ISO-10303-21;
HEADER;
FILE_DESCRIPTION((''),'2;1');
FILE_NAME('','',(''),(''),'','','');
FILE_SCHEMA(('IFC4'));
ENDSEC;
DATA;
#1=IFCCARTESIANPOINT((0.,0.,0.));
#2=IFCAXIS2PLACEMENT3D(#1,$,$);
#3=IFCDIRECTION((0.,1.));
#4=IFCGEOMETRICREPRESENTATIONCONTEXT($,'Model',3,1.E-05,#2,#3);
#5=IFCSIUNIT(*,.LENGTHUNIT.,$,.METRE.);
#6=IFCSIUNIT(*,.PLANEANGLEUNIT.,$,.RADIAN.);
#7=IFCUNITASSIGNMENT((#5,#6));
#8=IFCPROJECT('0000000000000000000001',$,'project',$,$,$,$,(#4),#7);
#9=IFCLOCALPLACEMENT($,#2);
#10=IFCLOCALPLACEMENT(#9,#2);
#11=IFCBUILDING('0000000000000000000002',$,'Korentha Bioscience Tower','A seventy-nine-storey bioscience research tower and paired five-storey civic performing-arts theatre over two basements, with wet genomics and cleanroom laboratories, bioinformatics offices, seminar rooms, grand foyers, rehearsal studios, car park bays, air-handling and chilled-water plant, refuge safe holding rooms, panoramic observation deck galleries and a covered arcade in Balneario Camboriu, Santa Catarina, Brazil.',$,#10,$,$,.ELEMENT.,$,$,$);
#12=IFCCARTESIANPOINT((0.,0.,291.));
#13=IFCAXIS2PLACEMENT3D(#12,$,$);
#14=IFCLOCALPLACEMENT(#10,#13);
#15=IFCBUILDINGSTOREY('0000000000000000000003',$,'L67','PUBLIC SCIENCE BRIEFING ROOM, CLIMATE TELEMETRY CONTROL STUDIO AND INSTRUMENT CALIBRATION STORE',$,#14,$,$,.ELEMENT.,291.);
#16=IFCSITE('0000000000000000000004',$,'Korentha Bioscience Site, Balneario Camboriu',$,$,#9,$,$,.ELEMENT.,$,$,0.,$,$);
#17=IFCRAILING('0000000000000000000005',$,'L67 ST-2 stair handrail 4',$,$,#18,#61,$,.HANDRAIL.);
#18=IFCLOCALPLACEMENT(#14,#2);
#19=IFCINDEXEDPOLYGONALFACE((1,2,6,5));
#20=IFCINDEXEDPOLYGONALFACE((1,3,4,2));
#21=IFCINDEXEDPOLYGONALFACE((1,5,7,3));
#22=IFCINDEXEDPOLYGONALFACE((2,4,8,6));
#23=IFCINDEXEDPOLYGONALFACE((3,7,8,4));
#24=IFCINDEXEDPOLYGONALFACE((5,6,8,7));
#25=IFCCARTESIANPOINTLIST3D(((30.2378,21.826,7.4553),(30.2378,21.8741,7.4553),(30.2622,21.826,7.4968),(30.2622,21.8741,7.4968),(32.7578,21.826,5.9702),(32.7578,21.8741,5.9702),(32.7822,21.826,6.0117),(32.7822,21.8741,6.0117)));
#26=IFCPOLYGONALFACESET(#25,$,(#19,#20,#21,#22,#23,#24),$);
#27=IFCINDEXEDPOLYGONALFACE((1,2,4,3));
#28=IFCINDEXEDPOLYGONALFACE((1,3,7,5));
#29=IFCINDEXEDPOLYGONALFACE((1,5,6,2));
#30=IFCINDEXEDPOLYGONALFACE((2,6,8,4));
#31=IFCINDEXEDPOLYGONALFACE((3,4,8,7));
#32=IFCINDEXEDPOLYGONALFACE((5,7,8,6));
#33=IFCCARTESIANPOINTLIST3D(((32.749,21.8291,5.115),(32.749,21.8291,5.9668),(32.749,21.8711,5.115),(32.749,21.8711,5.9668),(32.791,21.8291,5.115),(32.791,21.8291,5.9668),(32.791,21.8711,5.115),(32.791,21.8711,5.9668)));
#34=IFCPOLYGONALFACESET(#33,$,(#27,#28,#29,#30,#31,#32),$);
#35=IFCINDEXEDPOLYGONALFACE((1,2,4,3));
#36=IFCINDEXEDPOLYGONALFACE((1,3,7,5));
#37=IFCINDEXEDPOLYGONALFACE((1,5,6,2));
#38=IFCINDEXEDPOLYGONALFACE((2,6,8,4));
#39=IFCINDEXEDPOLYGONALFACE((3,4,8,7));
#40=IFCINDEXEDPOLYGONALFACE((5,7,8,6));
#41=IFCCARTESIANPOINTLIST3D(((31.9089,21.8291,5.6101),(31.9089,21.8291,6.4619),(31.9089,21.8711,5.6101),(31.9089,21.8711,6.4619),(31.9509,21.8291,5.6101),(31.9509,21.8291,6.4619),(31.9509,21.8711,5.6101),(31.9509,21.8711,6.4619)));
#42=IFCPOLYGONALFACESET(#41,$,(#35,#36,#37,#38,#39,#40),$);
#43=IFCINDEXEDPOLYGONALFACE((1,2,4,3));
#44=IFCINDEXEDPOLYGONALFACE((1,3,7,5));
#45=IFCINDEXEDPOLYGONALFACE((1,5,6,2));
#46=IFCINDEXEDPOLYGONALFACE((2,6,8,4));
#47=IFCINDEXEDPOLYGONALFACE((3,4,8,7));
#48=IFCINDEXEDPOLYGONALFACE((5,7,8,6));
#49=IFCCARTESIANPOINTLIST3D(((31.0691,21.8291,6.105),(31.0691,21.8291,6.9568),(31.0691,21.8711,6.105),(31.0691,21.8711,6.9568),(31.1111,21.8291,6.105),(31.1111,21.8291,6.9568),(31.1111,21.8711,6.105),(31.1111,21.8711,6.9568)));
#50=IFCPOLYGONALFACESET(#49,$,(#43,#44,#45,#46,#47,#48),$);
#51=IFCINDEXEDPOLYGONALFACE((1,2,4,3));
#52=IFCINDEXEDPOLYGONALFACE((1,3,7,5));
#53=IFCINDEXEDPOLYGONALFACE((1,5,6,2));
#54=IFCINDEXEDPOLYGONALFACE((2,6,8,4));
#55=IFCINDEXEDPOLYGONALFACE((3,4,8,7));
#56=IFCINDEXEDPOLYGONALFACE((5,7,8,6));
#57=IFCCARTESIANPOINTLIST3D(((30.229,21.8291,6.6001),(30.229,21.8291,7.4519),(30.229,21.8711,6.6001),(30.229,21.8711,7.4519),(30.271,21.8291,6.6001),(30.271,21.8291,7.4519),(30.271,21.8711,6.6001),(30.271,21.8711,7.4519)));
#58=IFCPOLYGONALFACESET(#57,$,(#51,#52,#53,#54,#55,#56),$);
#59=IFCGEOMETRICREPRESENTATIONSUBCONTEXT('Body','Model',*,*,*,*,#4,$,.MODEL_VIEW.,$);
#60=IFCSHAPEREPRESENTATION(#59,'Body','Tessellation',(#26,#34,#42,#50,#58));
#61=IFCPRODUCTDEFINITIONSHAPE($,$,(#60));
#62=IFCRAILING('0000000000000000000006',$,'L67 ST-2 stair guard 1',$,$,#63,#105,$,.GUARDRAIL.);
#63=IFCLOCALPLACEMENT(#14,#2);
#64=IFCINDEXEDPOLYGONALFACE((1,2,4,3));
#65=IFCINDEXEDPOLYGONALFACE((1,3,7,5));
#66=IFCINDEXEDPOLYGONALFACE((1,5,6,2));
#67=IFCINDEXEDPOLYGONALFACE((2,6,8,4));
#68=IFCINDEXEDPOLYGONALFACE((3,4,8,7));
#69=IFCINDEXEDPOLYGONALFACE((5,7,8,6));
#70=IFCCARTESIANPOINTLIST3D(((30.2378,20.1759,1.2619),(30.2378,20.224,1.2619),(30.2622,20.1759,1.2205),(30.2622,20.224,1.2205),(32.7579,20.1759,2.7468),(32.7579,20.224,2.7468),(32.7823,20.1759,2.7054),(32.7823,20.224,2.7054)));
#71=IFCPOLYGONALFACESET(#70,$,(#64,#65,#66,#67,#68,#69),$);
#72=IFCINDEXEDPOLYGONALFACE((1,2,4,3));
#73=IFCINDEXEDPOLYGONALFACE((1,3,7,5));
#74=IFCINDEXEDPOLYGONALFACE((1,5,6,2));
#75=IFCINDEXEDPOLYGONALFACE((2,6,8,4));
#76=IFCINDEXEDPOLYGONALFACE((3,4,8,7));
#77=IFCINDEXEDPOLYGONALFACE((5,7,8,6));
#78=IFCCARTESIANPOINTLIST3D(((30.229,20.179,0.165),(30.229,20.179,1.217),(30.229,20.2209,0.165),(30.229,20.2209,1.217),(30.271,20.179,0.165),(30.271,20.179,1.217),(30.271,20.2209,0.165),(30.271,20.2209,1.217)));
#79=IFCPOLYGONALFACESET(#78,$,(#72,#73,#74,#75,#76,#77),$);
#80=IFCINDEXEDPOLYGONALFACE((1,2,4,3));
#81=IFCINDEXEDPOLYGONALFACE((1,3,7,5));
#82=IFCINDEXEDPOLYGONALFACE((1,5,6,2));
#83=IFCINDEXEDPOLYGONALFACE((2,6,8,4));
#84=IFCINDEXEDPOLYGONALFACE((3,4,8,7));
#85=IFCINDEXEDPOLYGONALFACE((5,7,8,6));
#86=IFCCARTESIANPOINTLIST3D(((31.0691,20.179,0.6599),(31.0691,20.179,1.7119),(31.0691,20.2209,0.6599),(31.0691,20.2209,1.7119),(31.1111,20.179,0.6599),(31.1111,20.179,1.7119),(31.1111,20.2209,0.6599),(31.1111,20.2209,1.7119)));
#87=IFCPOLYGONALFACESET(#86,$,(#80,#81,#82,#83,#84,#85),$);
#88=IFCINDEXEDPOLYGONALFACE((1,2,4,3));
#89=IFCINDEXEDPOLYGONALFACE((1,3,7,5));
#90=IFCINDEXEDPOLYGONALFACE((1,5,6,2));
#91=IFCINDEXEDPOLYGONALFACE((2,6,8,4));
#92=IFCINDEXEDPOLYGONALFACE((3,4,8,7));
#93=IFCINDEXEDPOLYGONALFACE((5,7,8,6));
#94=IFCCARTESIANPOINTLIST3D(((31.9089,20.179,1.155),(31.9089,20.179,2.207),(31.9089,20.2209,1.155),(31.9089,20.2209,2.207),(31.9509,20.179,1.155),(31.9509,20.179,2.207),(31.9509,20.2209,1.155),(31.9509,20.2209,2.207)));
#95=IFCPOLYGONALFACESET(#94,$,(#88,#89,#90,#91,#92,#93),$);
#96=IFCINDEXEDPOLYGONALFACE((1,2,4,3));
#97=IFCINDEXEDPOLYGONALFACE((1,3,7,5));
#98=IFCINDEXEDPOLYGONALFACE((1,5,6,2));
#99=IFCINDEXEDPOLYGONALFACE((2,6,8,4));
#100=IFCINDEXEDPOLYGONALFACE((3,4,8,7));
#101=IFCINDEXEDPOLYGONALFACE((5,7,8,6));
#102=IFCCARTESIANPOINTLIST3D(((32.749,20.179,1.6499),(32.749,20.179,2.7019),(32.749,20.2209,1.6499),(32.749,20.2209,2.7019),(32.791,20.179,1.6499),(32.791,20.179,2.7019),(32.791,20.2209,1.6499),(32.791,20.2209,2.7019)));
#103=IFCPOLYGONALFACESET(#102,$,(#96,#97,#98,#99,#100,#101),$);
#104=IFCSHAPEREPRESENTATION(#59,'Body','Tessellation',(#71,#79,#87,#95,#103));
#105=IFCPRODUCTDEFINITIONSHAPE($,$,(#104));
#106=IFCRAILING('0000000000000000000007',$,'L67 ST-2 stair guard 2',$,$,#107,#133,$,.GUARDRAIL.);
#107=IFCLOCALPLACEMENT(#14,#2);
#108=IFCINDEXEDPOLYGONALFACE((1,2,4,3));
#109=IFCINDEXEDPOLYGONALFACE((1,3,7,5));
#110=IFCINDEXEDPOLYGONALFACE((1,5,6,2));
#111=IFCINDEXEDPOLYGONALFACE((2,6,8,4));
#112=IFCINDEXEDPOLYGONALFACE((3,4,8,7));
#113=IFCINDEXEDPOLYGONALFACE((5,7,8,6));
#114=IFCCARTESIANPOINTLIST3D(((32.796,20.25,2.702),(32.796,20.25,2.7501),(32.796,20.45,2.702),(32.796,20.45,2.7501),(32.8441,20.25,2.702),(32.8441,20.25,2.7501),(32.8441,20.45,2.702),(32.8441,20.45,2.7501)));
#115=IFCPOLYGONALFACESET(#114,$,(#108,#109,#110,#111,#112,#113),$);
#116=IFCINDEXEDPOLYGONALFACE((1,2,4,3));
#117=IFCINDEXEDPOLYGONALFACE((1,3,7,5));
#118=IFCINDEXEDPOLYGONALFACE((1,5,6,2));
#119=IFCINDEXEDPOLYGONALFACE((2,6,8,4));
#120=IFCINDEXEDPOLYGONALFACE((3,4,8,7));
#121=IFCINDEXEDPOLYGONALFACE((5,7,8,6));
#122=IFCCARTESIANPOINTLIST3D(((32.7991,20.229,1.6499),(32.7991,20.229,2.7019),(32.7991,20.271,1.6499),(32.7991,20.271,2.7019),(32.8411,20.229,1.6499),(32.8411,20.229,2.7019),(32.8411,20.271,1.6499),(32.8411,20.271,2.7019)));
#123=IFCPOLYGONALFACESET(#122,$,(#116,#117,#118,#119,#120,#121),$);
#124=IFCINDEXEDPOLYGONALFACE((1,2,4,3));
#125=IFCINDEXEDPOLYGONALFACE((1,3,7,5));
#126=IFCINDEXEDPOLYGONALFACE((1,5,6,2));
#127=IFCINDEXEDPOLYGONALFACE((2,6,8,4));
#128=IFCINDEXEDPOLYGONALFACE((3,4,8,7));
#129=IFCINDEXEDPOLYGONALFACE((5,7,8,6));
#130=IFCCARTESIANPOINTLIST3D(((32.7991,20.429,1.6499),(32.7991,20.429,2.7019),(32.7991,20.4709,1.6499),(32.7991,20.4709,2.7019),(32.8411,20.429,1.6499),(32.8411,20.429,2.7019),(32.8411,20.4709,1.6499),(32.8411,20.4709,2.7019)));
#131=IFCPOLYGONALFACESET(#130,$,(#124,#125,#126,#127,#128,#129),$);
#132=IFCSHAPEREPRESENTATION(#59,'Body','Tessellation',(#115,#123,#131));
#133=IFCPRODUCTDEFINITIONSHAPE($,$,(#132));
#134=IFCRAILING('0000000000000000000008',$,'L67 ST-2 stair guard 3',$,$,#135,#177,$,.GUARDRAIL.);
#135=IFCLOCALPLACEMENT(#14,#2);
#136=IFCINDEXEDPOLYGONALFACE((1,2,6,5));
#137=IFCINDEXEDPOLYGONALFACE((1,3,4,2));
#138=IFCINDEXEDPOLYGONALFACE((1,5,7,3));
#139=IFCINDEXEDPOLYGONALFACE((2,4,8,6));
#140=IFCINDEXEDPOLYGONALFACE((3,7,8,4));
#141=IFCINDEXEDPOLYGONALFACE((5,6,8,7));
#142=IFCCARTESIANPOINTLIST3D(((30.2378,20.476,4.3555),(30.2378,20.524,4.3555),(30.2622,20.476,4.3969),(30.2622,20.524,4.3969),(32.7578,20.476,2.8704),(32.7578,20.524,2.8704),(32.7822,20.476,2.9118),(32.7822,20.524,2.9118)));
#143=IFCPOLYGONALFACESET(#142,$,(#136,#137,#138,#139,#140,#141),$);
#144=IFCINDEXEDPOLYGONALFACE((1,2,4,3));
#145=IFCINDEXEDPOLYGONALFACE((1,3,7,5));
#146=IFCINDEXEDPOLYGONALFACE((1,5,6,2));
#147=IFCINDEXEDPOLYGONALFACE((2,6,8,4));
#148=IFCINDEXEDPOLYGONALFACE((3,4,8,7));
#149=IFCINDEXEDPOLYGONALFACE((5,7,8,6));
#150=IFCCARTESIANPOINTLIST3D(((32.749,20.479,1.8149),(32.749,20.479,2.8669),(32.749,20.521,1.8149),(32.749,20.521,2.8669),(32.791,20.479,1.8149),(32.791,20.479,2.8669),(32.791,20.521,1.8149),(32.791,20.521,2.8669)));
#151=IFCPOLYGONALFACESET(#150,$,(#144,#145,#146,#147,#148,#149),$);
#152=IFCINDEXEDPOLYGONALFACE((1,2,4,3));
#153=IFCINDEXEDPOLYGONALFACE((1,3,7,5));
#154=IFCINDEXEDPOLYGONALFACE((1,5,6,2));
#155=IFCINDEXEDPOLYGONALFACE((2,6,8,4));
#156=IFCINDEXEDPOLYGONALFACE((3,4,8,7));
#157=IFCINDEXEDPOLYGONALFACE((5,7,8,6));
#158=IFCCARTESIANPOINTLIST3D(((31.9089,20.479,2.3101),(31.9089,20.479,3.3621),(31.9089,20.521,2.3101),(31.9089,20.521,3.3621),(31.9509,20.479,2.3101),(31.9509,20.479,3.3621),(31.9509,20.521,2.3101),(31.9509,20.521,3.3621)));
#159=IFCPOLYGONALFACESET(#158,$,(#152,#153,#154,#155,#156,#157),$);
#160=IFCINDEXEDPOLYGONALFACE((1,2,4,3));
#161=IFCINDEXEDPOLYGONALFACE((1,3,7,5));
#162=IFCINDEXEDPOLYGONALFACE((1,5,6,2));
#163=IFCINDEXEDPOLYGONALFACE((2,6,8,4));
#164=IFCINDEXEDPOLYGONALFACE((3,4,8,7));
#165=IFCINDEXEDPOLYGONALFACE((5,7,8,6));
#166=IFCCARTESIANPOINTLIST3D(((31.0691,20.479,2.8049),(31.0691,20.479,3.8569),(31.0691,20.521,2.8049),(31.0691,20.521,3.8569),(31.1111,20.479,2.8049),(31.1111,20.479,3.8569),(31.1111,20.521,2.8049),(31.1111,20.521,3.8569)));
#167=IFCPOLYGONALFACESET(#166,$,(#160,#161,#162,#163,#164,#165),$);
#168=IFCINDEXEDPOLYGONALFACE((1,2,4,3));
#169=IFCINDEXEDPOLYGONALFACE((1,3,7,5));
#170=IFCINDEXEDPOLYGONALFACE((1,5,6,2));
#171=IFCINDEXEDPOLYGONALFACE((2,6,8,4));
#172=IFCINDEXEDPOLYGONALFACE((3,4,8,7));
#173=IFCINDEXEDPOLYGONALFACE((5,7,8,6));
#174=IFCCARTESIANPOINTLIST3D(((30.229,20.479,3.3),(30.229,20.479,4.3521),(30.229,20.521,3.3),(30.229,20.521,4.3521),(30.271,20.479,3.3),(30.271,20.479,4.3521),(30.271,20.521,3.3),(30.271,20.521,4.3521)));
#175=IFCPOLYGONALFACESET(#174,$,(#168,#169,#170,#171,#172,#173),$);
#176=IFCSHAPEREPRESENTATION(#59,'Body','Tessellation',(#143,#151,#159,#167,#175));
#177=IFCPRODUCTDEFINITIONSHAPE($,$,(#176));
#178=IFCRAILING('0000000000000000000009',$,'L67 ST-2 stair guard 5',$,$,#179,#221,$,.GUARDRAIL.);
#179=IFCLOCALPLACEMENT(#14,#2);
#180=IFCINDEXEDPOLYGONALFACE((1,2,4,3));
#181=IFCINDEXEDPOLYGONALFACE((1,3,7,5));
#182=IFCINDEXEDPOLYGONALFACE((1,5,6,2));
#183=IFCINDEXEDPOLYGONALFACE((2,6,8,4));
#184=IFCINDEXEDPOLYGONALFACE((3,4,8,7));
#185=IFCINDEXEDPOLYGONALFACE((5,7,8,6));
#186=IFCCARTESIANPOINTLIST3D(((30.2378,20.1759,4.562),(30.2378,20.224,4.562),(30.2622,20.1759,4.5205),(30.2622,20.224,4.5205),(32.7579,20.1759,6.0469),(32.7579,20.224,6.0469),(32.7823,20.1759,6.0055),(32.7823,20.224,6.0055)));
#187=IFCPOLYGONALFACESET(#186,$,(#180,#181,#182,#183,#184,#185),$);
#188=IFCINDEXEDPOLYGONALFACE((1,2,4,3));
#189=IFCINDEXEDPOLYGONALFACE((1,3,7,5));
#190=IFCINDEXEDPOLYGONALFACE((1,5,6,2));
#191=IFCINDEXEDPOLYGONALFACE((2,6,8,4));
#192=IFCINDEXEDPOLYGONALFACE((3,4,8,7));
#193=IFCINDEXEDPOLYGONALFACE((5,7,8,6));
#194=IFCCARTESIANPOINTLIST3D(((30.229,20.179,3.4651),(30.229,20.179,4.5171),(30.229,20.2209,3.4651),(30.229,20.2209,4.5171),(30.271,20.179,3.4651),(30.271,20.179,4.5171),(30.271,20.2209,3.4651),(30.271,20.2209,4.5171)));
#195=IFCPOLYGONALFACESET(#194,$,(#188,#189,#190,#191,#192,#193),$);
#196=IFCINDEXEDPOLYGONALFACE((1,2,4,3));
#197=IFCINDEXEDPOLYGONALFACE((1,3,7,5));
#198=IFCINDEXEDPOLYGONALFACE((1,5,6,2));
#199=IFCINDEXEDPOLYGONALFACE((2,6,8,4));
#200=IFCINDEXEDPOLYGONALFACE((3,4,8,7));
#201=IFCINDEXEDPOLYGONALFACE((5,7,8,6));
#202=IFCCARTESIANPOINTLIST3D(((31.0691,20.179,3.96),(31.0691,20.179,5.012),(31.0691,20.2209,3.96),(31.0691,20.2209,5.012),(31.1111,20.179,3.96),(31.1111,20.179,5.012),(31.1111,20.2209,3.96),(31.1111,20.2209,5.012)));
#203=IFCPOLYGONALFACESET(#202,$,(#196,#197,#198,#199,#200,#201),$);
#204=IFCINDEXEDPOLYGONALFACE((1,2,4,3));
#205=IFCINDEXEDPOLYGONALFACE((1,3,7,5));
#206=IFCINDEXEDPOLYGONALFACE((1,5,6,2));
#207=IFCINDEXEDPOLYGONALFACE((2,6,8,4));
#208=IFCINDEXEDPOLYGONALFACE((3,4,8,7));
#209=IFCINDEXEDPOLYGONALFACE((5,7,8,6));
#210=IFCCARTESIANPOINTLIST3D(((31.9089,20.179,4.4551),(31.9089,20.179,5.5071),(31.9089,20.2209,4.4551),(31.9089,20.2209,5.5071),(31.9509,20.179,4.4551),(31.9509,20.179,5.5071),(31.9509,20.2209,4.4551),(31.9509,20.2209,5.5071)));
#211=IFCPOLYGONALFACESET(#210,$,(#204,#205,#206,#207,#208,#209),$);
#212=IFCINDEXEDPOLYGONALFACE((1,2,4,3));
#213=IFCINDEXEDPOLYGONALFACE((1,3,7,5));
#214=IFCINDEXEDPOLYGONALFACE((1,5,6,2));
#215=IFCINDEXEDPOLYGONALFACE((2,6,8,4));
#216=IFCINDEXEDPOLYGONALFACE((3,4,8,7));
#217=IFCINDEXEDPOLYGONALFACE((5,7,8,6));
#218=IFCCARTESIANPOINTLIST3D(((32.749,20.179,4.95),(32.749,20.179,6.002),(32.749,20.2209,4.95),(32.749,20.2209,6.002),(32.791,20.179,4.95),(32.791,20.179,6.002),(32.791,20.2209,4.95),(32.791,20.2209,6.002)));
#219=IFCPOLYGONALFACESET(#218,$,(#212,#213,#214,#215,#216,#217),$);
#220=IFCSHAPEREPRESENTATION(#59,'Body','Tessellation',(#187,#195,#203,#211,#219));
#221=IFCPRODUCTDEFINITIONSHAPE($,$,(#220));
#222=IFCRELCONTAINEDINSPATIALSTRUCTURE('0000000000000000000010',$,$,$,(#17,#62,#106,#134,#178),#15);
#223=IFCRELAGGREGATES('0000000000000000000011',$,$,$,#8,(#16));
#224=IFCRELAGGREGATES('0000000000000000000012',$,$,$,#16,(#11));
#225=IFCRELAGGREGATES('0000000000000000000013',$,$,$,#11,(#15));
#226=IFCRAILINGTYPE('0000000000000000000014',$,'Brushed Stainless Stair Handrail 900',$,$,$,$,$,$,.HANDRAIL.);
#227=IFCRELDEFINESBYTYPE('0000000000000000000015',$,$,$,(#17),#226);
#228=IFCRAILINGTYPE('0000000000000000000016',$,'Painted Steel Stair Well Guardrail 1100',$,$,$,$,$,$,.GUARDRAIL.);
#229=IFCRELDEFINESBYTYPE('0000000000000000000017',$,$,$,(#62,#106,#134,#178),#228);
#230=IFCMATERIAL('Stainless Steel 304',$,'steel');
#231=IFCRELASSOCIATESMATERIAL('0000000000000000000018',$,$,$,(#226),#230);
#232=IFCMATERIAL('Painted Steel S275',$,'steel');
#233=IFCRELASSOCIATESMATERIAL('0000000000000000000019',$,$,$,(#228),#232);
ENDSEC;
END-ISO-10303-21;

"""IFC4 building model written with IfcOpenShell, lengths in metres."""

from ifc_helpers import new_model, si_unit, direction, frame, origin, origin_2d, place, context, subcontext, project, spatial, rectangle, extrude, material, type_object, element, save


model = new_model("IFC4")

# Units and contexts
model_context = context("Model", 3, precision=1e-05, world=origin(), true_north=direction((0.0, 1.0)))
body_context = subcontext(model_context, "Body", "Model", "MODEL_VIEW")
ifc_project = project(units=[si_unit("LENGTHUNIT", "METRE"), si_unit("PLANEANGLEUNIT", "RADIAN")], contexts=[model_context])

# Site, building, storey
site_placement = place(None, origin())
site = spatial("IfcSite", under=ifc_project, at=site_placement, Name="Korentha Bioscience Site, Balneario Camboriu", CompositionType="ELEMENT", RefElevation=0.0)
building_placement = place(site_placement, origin())
building = spatial("IfcBuilding", under=site, at=building_placement, Name="Korentha Bioscience Tower", Description="A seventy-nine-storey bioscience research tower and paired five-storey civic performing-arts theatre over two basements, with wet genomics and cleanroom laboratories, bioinformatics offices, seminar rooms, grand foyers, rehearsal studios, car park bays, air-handling and chilled-water plant, refuge safe holding rooms, panoramic observation deck galleries and a covered arcade in Balneario Camboriu, Santa Catarina, Brazil.", CompositionType="ELEMENT")
storey_placement = place(building_placement, frame((0.0, 0.0, 291.0)))
storey = spatial("IfcBuildingStorey", under=building, at=storey_placement, Name="L67", Description="PUBLIC SCIENCE BRIEFING ROOM, CLIMATE TELEMETRY CONTROL STUDIO AND INSTRUMENT CALIBRATION STORE", CompositionType="ELEMENT", Elevation=291.0)

# Railings
ifc_material_1 = material(Name="Stainless Steel 304", Category="steel")
railing_type_1 = type_object("IfcRailingType", Name="Brushed Stainless Stair Handrail 900", PredefinedType="HANDRAIL", material=ifc_material_1)
railing_1_placement = place(storey_placement, frame((32.77, 21.8501, 5.115)))
element("IfcRailing", 1, at=railing_1_placement, inside=storey, type_object=railing_type_1, Name="L67 ST-2 stair handrail 4", PredefinedType="HANDRAIL", context=body_context, shape_type="SweptSolid", body=[
    extrude(rectangle(XDim=0.0481, YDim=0.0481, at=origin_2d()), frame((0.0, 0.0, 0.876), z_axis=(-0.861524, 0.0, 0.507717), x_axis=(0.0, -1.0, 0.0)), (0.0, 0.0, 1.0), 2.925),
    extrude(rectangle(XDim=0.042, YDim=0.042, at=origin_2d()), origin(), (0.0, 0.0, 1.0), 0.8518),
    extrude(rectangle(XDim=0.042, YDim=0.042, at=origin_2d()), frame((-0.8401, 0.0, 0.4951)), (0.0, 0.0, 1.0), 0.8518),
    extrude(rectangle(XDim=0.042, YDim=0.042, at=origin_2d()), frame((-1.6799, 0.0, 0.99)), (0.0, 0.0, 1.0), 0.8518),
    extrude(rectangle(XDim=0.042, YDim=0.042, at=origin_2d()), frame((-2.52, 0.0, 1.4851)), (0.0, 0.0, 1.0), 0.8518),
])
ifc_material_2 = material(Name="Painted Steel S275", Category="steel")
railing_type_2 = type_object("IfcRailingType", Name="Painted Steel Stair Well Guardrail 1100", PredefinedType="GUARDRAIL", material=ifc_material_2)
railing_2_placement = place(storey_placement, frame((30.25, 20.2, 0.165)))
element("IfcRailing", 2, at=railing_2_placement, inside=storey, type_object=railing_type_2, Name="L67 ST-2 stair guard 1", PredefinedType="GUARDRAIL", context=body_context, shape_type="SweptSolid", body=[
    extrude(rectangle(XDim=0.0481, YDim=0.0481, at=origin_2d()), frame((0.0, 0.0, 1.0762), z_axis=(0.861561, 0.0, 0.507655), x_axis=(0.0, 1.0, 0.0)), (0.0, 0.0, 1.0), 2.925),
    extrude(rectangle(XDim=0.042, YDim=0.042, at=origin_2d()), origin(), (0.0, 0.0, 1.0), 1.052),
    extrude(rectangle(XDim=0.042, YDim=0.042, at=origin_2d()), frame((0.8401, 0.0, 0.4949)), (0.0, 0.0, 1.0), 1.052),
    extrude(rectangle(XDim=0.042, YDim=0.042, at=origin_2d()), frame((1.6799, 0.0, 0.99)), (0.0, 0.0, 1.0), 1.052),
    extrude(rectangle(XDim=0.042, YDim=0.042, at=origin_2d()), frame((2.52, 0.0, 1.4849)), (0.0, 0.0, 1.0), 1.052),
])
railing_3_placement = place(storey_placement, frame((32.8201, 20.25, 1.6499)))
element("IfcRailing", 3, at=railing_3_placement, inside=storey, type_object=railing_type_2, Name="L67 ST-2 stair guard 2", PredefinedType="GUARDRAIL", context=body_context, shape_type="SweptSolid", body=[
    extrude(rectangle(XDim=0.0481, YDim=0.0481, at=origin_2d()), frame((0.0, 0.0, 1.0762), z_axis=(0.0, 1.0, 0.0), x_axis=(-1.0, 0.0, 0.0)), (0.0, 0.0, 1.0), 0.2),
    extrude(rectangle(XDim=0.042, YDim=0.042, at=origin_2d()), origin(), (0.0, 0.0, 1.0), 1.052),
    extrude(rectangle(XDim=0.042, YDim=0.042, at=origin_2d()), frame((0.0, 0.2, 0.0)), (0.0, 0.0, 1.0), 1.052),
])
railing_4_placement = place(storey_placement, frame((32.77, 20.5, 1.8149)))
element("IfcRailing", 4, at=railing_4_placement, inside=storey, type_object=railing_type_2, Name="L67 ST-2 stair guard 3", PredefinedType="GUARDRAIL", context=body_context, shape_type="SweptSolid", body=[
    extrude(rectangle(XDim=0.0481, YDim=0.0481, at=origin_2d()), frame((0.0, 0.0, 1.0762), z_axis=(-0.861524, 0.0, 0.507717), x_axis=(0.0, -1.0, 0.0)), (0.0, 0.0, 1.0), 2.925),
    extrude(rectangle(XDim=0.042, YDim=0.042, at=origin_2d()), origin(), (0.0, 0.0, 1.0), 1.052),
    extrude(rectangle(XDim=0.042, YDim=0.042, at=origin_2d()), frame((-0.8401, 0.0, 0.4951)), (0.0, 0.0, 1.0), 1.052),
    extrude(rectangle(XDim=0.042, YDim=0.042, at=origin_2d()), frame((-1.6799, 0.0, 0.99)), (0.0, 0.0, 1.0), 1.052),
    extrude(rectangle(XDim=0.042, YDim=0.042, at=origin_2d()), frame((-2.52, 0.0, 1.4851)), (0.0, 0.0, 1.0), 1.052),
])
railing_5_placement = place(storey_placement, frame((30.25, 20.2, 3.4651)))
element("IfcRailing", 5, at=railing_5_placement, inside=storey, type_object=railing_type_2, Name="L67 ST-2 stair guard 5", PredefinedType="GUARDRAIL", context=body_context, shape_type="SweptSolid", body=[
    extrude(rectangle(XDim=0.0481, YDim=0.0481, at=origin_2d()), frame((0.0, 0.0, 1.0762), z_axis=(0.861561, 0.0, 0.507655), x_axis=(0.0, 1.0, 0.0)), (0.0, 0.0, 1.0), 2.925),
    extrude(rectangle(XDim=0.042, YDim=0.042, at=origin_2d()), origin(), (0.0, 0.0, 1.0), 1.052),
    extrude(rectangle(XDim=0.042, YDim=0.042, at=origin_2d()), frame((0.8401, 0.0, 0.4949)), (0.0, 0.0, 1.0), 1.052),
    extrude(rectangle(XDim=0.042, YDim=0.042, at=origin_2d()), frame((1.6799, 0.0, 0.99)), (0.0, 0.0, 1.0), 1.052),
    extrude(rectangle(XDim=0.042, YDim=0.042, at=origin_2d()), frame((2.52, 0.0, 1.4849)), (0.0, 0.0, 1.0), 1.052),
])

save(model, "model.ifc")
